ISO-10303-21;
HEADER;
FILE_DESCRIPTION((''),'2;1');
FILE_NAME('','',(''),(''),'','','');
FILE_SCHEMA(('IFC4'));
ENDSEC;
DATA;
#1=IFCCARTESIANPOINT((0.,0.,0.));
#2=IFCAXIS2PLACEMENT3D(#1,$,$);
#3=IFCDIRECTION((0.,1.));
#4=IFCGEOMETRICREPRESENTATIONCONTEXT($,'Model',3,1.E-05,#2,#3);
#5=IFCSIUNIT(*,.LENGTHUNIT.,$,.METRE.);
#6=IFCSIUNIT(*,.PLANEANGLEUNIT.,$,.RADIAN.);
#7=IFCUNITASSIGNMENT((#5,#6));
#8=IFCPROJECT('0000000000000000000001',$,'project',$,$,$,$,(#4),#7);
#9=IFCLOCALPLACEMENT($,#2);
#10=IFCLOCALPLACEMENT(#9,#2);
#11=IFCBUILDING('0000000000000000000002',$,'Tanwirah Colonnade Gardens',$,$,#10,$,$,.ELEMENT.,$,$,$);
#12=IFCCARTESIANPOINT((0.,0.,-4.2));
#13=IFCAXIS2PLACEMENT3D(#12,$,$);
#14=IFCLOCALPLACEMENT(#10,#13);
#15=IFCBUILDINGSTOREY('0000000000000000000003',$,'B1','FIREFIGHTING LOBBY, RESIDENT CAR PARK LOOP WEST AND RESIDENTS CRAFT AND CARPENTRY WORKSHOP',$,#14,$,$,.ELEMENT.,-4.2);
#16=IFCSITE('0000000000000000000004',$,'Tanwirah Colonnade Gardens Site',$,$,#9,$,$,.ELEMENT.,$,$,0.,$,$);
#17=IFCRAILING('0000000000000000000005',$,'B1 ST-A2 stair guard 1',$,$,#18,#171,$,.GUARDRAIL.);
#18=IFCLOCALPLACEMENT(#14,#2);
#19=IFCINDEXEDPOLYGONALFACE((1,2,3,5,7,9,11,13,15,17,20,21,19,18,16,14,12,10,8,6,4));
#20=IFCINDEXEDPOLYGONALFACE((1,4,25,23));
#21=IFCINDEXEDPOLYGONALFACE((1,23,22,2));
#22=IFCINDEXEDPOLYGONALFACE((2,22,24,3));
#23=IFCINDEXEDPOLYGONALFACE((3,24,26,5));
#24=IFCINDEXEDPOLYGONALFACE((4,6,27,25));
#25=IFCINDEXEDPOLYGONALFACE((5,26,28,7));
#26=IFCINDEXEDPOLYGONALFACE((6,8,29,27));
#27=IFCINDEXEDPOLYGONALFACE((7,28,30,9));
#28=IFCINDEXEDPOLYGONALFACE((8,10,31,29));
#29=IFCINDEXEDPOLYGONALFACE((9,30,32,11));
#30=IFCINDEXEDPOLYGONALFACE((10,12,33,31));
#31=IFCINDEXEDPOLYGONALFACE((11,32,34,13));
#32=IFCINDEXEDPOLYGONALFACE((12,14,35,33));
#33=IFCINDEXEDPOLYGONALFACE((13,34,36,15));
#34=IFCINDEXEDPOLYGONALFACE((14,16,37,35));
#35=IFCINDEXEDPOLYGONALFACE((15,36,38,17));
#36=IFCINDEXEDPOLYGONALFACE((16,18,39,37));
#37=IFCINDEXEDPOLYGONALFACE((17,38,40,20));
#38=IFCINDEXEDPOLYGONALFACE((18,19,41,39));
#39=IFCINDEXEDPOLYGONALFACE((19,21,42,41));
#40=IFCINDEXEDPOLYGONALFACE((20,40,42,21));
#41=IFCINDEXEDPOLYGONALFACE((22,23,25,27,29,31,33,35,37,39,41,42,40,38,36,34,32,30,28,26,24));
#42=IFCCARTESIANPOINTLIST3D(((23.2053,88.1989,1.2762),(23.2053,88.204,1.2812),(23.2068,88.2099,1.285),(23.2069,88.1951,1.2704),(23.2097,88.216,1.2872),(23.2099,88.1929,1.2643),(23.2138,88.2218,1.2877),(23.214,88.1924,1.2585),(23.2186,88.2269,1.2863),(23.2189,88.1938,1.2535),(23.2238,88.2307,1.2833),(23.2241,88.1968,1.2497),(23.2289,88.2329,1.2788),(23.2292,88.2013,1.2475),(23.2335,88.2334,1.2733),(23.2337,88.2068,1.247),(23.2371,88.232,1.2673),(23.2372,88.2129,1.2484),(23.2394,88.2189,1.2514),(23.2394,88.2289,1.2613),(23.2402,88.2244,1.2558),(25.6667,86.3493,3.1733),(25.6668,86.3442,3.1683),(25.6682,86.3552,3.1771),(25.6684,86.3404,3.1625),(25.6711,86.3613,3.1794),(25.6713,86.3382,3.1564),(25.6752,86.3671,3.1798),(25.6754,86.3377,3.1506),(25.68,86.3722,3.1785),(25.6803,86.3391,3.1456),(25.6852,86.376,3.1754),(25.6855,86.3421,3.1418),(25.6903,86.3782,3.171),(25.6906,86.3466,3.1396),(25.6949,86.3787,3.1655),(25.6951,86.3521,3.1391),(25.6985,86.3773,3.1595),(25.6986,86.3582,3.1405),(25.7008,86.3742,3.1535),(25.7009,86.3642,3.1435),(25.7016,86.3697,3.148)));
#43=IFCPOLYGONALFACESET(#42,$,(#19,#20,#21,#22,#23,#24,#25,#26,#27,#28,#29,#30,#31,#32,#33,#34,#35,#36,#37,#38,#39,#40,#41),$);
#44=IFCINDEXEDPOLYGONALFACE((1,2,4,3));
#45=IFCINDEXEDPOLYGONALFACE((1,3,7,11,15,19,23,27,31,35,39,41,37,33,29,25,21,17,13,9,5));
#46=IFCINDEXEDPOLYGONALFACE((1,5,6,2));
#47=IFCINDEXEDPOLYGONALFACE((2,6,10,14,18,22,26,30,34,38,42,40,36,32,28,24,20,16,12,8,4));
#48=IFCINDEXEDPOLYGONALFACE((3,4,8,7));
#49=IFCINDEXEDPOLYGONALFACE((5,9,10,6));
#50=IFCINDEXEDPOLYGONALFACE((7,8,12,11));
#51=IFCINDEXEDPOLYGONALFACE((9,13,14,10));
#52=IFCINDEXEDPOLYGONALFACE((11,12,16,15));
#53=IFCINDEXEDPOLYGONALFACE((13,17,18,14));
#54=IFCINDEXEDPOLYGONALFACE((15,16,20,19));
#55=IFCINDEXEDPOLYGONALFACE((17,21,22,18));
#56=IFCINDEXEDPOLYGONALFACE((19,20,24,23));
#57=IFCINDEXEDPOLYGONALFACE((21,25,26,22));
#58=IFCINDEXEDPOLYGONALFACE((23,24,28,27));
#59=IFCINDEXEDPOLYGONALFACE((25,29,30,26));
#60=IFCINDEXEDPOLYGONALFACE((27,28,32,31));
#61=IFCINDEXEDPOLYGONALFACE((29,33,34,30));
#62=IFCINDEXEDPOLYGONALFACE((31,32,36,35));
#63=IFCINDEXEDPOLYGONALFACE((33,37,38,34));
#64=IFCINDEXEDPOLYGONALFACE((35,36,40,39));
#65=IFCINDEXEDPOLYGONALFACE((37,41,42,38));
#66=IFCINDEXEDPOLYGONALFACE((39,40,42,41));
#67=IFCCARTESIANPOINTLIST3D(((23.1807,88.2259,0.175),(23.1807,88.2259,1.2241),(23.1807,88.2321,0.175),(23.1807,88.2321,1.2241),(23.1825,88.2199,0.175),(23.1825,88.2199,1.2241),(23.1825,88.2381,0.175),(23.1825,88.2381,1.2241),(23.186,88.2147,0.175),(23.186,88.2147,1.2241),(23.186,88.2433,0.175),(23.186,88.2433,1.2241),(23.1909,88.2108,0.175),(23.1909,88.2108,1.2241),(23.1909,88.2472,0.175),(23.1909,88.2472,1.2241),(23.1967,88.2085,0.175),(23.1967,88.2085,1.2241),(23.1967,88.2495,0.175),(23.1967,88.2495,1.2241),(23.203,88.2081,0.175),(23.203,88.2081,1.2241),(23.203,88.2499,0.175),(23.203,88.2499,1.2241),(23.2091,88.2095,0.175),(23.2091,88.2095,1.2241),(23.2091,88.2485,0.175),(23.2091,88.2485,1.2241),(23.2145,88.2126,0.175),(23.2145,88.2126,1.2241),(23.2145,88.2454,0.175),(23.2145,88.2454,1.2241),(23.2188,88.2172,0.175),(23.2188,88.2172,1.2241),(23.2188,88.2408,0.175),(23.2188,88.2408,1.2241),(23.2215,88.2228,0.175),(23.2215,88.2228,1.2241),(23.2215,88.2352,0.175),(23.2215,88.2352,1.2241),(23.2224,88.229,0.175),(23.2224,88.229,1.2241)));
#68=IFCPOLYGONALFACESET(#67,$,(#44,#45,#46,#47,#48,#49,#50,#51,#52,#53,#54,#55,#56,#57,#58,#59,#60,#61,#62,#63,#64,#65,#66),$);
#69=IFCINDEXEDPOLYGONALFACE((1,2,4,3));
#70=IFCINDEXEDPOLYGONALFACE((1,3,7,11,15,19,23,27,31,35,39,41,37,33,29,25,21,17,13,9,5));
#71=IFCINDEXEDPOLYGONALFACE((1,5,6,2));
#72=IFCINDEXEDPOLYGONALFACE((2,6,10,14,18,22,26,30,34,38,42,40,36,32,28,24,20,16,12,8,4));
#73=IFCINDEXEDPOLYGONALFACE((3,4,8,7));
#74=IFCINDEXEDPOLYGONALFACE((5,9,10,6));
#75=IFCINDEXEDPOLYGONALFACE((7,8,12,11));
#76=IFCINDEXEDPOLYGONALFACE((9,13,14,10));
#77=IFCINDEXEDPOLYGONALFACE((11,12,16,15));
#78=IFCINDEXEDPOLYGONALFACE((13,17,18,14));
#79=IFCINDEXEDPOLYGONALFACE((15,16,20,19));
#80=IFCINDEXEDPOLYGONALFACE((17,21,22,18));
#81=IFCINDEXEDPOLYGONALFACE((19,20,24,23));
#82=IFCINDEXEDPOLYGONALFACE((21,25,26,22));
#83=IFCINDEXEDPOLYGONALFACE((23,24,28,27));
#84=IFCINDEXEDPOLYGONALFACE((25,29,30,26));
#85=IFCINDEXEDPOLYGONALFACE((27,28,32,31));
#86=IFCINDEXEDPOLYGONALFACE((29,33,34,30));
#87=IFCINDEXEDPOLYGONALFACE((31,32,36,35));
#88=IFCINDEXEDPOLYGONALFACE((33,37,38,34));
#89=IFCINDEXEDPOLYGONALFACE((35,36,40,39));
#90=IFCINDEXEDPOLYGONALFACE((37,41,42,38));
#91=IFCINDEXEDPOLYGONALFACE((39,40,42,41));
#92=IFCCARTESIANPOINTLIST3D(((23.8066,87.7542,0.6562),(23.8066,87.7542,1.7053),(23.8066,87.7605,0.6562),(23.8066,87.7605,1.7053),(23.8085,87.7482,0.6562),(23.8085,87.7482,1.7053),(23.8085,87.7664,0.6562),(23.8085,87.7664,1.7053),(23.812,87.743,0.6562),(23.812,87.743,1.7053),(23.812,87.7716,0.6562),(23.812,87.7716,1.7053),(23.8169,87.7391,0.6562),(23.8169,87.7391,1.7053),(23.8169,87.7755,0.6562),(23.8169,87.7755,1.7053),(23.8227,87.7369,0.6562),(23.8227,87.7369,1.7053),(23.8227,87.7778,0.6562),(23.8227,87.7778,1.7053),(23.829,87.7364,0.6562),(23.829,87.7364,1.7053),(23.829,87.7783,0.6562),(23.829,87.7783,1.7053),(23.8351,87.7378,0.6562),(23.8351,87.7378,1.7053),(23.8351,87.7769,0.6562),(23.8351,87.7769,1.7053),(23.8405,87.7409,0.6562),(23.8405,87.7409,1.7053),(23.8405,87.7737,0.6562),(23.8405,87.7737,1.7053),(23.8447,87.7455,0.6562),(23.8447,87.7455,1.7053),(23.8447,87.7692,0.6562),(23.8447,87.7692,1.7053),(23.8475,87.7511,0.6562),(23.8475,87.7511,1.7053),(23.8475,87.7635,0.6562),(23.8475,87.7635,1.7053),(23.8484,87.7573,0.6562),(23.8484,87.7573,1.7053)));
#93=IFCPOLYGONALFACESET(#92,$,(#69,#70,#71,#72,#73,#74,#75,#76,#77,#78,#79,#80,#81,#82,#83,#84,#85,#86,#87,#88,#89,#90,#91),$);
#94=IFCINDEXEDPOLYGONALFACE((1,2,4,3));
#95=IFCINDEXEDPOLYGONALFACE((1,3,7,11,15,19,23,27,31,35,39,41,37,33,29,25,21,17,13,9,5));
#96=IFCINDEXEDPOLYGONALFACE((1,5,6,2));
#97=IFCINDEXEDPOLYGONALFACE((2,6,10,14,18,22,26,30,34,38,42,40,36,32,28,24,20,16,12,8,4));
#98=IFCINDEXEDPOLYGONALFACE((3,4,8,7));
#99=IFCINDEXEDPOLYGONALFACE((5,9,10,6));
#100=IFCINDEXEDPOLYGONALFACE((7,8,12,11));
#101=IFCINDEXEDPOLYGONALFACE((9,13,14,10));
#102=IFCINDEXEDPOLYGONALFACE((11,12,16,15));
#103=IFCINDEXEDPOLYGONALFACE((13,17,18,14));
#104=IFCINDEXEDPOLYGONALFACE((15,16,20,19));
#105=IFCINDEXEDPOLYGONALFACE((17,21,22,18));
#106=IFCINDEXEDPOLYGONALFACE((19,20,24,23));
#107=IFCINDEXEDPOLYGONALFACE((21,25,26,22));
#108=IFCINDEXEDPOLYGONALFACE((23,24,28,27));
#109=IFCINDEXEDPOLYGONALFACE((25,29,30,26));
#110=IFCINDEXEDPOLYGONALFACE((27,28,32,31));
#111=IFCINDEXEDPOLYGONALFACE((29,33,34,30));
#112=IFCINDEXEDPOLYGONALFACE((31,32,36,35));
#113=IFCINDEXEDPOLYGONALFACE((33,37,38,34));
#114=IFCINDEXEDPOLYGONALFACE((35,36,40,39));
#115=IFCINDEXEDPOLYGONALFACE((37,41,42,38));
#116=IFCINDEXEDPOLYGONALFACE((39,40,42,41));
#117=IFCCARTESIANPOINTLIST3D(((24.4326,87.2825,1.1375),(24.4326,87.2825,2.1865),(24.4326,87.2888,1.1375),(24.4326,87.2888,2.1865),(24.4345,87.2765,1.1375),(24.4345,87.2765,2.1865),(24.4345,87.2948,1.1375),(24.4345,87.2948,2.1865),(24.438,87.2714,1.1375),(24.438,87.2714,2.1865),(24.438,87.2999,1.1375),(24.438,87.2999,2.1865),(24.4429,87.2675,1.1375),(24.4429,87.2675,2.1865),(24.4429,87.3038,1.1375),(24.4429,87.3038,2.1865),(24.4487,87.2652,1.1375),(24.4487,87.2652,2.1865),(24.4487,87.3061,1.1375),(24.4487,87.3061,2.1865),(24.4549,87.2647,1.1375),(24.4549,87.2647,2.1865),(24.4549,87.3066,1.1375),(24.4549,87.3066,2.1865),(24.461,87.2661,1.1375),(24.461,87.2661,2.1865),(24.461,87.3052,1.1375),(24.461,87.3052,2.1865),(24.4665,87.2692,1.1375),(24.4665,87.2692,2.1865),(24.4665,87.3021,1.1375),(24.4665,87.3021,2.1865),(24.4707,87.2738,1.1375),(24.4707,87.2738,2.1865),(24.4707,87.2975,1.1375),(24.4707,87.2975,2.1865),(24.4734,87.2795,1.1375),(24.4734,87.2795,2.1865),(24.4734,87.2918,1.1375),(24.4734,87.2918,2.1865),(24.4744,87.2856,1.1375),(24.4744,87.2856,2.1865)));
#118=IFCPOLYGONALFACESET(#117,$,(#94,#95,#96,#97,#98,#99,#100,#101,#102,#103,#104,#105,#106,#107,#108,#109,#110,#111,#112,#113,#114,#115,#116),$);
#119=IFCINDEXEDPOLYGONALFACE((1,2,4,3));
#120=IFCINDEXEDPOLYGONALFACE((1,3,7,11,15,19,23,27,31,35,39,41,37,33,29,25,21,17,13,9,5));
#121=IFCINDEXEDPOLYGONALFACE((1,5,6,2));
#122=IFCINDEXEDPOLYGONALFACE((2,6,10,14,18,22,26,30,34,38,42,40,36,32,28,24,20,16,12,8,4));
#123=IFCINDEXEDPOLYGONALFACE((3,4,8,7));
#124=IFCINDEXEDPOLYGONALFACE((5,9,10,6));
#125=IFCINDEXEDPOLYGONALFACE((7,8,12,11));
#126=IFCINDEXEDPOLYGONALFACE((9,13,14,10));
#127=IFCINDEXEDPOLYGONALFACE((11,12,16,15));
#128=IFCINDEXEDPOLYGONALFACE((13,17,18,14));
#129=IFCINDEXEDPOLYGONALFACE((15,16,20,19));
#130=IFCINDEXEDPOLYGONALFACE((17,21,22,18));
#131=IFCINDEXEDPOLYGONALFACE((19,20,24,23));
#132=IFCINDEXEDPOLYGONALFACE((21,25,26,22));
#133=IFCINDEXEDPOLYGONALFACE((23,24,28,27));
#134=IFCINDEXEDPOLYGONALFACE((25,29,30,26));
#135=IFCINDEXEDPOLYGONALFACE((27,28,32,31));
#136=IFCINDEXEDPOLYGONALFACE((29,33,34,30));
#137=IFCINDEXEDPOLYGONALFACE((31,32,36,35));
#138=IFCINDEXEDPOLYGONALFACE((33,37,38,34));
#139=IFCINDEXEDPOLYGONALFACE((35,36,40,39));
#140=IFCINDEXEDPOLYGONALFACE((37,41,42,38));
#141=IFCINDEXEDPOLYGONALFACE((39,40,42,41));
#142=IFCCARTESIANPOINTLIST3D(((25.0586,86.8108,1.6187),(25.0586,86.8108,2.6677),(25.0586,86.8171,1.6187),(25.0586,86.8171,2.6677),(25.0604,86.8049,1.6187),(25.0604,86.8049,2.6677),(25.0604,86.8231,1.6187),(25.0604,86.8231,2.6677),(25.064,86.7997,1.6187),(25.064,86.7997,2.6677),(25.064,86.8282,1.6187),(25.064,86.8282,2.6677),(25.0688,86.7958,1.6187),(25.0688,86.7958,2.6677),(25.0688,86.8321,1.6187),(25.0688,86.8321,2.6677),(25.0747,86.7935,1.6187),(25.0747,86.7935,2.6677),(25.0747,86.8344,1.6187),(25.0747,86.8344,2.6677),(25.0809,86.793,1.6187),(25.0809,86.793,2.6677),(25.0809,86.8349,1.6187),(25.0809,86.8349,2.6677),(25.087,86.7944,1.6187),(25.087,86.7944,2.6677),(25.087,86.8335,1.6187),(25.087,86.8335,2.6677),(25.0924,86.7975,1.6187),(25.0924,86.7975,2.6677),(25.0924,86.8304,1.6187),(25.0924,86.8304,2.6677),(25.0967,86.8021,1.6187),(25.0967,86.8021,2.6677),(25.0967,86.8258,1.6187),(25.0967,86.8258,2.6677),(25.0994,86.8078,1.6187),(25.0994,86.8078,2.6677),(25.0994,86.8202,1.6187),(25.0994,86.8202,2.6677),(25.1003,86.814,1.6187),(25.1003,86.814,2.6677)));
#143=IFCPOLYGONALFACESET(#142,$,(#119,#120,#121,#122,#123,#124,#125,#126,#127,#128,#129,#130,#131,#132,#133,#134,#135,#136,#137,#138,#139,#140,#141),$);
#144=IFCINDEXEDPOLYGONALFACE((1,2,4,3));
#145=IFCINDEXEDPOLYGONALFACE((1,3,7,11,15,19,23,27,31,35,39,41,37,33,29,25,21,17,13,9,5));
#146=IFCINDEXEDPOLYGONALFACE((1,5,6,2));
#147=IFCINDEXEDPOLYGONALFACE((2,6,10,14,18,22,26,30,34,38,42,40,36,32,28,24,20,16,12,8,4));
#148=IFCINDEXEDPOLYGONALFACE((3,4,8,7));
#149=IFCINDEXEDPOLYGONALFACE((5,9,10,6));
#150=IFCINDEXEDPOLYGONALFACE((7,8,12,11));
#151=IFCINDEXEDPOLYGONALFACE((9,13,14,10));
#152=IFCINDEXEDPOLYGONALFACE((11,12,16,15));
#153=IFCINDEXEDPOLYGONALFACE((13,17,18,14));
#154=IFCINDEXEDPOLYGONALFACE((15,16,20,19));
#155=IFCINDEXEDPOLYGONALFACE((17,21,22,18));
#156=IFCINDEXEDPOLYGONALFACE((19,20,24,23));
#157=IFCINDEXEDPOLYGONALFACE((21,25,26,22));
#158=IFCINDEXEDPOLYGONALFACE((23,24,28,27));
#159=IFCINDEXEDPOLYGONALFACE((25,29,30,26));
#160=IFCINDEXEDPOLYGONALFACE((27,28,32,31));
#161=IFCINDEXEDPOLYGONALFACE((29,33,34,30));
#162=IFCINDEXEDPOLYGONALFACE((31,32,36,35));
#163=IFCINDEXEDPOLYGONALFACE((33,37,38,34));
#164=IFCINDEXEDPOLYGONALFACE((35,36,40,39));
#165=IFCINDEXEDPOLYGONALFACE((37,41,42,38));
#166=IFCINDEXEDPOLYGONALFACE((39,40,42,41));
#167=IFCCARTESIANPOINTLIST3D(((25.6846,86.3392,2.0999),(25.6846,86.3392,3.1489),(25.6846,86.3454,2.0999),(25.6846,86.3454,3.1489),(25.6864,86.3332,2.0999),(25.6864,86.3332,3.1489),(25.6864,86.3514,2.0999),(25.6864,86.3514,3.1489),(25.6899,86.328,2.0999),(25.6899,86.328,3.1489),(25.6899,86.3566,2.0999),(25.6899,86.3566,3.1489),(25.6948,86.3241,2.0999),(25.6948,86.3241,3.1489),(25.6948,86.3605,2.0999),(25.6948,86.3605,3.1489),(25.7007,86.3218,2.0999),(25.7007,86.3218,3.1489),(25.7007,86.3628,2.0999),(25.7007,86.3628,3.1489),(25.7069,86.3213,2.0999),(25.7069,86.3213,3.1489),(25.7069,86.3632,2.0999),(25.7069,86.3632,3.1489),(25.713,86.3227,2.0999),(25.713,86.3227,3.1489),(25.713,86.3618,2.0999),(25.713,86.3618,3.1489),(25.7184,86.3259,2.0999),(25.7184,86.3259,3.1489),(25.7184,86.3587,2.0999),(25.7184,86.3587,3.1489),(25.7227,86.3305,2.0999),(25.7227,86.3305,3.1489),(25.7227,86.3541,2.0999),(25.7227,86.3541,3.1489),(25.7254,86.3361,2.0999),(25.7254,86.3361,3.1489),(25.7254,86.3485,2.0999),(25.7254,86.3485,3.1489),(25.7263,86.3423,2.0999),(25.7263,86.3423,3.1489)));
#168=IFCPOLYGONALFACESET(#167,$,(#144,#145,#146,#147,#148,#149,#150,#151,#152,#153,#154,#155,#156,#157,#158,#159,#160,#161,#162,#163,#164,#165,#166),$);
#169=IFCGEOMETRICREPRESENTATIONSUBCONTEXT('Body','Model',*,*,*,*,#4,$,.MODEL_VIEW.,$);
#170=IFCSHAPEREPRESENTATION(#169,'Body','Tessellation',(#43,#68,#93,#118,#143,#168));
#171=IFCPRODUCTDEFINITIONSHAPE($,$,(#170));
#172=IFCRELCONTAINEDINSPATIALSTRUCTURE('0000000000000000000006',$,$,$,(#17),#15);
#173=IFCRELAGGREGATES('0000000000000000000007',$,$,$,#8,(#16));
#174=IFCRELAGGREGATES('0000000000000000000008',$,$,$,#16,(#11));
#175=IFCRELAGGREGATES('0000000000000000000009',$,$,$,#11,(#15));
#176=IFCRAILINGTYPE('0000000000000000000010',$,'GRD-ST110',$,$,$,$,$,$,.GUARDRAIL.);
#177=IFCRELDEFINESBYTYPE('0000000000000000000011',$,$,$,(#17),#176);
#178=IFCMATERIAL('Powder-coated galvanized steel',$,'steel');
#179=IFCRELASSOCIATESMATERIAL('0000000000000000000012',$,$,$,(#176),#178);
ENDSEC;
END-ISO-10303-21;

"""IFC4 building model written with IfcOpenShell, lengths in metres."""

from ifc_helpers import new_model, si_unit, direction, frame, origin, origin_2d, place, context, subcontext, project, spatial, circle, extrude, material, type_object, element, save


model = new_model("IFC4")

# Units and contexts
model_context = context("Model", 3, precision=1e-05, world=origin(), true_north=direction((0.0, 1.0)))
body_context = subcontext(model_context, "Body", "Model", "MODEL_VIEW")
ifc_project = project(units=[si_unit("LENGTHUNIT", "METRE"), si_unit("PLANEANGLEUNIT", "RADIAN")], contexts=[model_context])

# Site, building, storey
site_placement = place(None, origin())
site = spatial("IfcSite", under=ifc_project, at=site_placement, Name="Tanwirah Colonnade Gardens Site", CompositionType="ELEMENT", RefElevation=0.0)
building_placement = place(site_placement, origin())
building = spatial("IfcBuilding", under=site, at=building_placement, Name="Tanwirah Colonnade Gardens", CompositionType="ELEMENT")
storey_placement = place(building_placement, frame((0.0, 0.0, -4.2)))
storey = spatial("IfcBuildingStorey", under=building, at=storey_placement, Name="B1", Description="FIREFIGHTING LOBBY, RESIDENT CAR PARK LOOP WEST AND RESIDENTS CRAFT AND CARPENTRY WORKSHOP", CompositionType="ELEMENT", Elevation=-4.2)

# Railing
ifc_material_1 = material(Name="Powder-coated galvanized steel", Category="steel")
railing_type_1 = type_object("IfcRailingType", Name="GRD-ST110", PredefinedType="GUARDRAIL", material=ifc_material_1)
railing_1_placement = place(storey_placement, frame((23.2014, 88.229, 0.175)))
element("IfcRailing", 1, at=railing_1_placement, inside=storey, type_object=railing_type_1, Name="B1 ST-A2 stair guard 1", PredefinedType="GUARDRAIL", context=body_context, shape_type="SweptSolid", body=[
    extrude(circle(Radius=0.0239, at=origin_2d()), frame((0.0212, -0.0161, 1.0923), z_axis=(0.680617, -0.512852, 0.523205), x_axis=(0.601793, 0.798652, 0.0)), (0.0, 0.0, 1.0), 3.6165),
    extrude(circle(Radius=0.021, at=origin_2d()), origin(), (0.0, 0.0, 1.0), 1.0491),
    extrude(circle(Radius=0.021, at=origin_2d()), frame((0.626, -0.4717, 0.4812)), (0.0, 0.0, 1.0), 1.0491),
    extrude(circle(Radius=0.021, at=origin_2d()), frame((1.252, -0.9434, 0.9624)), (0.0, 0.0, 1.0), 1.0491),
    extrude(circle(Radius=0.021, at=origin_2d()), frame((1.8779, -1.415, 1.4436)), (0.0, 0.0, 1.0), 1.0491),
    extrude(circle(Radius=0.021, at=origin_2d()), frame((2.5039, -1.8867, 1.9248)), (0.0, 0.0, 1.0), 1.0491),
])

save(model, "model.ifc")
